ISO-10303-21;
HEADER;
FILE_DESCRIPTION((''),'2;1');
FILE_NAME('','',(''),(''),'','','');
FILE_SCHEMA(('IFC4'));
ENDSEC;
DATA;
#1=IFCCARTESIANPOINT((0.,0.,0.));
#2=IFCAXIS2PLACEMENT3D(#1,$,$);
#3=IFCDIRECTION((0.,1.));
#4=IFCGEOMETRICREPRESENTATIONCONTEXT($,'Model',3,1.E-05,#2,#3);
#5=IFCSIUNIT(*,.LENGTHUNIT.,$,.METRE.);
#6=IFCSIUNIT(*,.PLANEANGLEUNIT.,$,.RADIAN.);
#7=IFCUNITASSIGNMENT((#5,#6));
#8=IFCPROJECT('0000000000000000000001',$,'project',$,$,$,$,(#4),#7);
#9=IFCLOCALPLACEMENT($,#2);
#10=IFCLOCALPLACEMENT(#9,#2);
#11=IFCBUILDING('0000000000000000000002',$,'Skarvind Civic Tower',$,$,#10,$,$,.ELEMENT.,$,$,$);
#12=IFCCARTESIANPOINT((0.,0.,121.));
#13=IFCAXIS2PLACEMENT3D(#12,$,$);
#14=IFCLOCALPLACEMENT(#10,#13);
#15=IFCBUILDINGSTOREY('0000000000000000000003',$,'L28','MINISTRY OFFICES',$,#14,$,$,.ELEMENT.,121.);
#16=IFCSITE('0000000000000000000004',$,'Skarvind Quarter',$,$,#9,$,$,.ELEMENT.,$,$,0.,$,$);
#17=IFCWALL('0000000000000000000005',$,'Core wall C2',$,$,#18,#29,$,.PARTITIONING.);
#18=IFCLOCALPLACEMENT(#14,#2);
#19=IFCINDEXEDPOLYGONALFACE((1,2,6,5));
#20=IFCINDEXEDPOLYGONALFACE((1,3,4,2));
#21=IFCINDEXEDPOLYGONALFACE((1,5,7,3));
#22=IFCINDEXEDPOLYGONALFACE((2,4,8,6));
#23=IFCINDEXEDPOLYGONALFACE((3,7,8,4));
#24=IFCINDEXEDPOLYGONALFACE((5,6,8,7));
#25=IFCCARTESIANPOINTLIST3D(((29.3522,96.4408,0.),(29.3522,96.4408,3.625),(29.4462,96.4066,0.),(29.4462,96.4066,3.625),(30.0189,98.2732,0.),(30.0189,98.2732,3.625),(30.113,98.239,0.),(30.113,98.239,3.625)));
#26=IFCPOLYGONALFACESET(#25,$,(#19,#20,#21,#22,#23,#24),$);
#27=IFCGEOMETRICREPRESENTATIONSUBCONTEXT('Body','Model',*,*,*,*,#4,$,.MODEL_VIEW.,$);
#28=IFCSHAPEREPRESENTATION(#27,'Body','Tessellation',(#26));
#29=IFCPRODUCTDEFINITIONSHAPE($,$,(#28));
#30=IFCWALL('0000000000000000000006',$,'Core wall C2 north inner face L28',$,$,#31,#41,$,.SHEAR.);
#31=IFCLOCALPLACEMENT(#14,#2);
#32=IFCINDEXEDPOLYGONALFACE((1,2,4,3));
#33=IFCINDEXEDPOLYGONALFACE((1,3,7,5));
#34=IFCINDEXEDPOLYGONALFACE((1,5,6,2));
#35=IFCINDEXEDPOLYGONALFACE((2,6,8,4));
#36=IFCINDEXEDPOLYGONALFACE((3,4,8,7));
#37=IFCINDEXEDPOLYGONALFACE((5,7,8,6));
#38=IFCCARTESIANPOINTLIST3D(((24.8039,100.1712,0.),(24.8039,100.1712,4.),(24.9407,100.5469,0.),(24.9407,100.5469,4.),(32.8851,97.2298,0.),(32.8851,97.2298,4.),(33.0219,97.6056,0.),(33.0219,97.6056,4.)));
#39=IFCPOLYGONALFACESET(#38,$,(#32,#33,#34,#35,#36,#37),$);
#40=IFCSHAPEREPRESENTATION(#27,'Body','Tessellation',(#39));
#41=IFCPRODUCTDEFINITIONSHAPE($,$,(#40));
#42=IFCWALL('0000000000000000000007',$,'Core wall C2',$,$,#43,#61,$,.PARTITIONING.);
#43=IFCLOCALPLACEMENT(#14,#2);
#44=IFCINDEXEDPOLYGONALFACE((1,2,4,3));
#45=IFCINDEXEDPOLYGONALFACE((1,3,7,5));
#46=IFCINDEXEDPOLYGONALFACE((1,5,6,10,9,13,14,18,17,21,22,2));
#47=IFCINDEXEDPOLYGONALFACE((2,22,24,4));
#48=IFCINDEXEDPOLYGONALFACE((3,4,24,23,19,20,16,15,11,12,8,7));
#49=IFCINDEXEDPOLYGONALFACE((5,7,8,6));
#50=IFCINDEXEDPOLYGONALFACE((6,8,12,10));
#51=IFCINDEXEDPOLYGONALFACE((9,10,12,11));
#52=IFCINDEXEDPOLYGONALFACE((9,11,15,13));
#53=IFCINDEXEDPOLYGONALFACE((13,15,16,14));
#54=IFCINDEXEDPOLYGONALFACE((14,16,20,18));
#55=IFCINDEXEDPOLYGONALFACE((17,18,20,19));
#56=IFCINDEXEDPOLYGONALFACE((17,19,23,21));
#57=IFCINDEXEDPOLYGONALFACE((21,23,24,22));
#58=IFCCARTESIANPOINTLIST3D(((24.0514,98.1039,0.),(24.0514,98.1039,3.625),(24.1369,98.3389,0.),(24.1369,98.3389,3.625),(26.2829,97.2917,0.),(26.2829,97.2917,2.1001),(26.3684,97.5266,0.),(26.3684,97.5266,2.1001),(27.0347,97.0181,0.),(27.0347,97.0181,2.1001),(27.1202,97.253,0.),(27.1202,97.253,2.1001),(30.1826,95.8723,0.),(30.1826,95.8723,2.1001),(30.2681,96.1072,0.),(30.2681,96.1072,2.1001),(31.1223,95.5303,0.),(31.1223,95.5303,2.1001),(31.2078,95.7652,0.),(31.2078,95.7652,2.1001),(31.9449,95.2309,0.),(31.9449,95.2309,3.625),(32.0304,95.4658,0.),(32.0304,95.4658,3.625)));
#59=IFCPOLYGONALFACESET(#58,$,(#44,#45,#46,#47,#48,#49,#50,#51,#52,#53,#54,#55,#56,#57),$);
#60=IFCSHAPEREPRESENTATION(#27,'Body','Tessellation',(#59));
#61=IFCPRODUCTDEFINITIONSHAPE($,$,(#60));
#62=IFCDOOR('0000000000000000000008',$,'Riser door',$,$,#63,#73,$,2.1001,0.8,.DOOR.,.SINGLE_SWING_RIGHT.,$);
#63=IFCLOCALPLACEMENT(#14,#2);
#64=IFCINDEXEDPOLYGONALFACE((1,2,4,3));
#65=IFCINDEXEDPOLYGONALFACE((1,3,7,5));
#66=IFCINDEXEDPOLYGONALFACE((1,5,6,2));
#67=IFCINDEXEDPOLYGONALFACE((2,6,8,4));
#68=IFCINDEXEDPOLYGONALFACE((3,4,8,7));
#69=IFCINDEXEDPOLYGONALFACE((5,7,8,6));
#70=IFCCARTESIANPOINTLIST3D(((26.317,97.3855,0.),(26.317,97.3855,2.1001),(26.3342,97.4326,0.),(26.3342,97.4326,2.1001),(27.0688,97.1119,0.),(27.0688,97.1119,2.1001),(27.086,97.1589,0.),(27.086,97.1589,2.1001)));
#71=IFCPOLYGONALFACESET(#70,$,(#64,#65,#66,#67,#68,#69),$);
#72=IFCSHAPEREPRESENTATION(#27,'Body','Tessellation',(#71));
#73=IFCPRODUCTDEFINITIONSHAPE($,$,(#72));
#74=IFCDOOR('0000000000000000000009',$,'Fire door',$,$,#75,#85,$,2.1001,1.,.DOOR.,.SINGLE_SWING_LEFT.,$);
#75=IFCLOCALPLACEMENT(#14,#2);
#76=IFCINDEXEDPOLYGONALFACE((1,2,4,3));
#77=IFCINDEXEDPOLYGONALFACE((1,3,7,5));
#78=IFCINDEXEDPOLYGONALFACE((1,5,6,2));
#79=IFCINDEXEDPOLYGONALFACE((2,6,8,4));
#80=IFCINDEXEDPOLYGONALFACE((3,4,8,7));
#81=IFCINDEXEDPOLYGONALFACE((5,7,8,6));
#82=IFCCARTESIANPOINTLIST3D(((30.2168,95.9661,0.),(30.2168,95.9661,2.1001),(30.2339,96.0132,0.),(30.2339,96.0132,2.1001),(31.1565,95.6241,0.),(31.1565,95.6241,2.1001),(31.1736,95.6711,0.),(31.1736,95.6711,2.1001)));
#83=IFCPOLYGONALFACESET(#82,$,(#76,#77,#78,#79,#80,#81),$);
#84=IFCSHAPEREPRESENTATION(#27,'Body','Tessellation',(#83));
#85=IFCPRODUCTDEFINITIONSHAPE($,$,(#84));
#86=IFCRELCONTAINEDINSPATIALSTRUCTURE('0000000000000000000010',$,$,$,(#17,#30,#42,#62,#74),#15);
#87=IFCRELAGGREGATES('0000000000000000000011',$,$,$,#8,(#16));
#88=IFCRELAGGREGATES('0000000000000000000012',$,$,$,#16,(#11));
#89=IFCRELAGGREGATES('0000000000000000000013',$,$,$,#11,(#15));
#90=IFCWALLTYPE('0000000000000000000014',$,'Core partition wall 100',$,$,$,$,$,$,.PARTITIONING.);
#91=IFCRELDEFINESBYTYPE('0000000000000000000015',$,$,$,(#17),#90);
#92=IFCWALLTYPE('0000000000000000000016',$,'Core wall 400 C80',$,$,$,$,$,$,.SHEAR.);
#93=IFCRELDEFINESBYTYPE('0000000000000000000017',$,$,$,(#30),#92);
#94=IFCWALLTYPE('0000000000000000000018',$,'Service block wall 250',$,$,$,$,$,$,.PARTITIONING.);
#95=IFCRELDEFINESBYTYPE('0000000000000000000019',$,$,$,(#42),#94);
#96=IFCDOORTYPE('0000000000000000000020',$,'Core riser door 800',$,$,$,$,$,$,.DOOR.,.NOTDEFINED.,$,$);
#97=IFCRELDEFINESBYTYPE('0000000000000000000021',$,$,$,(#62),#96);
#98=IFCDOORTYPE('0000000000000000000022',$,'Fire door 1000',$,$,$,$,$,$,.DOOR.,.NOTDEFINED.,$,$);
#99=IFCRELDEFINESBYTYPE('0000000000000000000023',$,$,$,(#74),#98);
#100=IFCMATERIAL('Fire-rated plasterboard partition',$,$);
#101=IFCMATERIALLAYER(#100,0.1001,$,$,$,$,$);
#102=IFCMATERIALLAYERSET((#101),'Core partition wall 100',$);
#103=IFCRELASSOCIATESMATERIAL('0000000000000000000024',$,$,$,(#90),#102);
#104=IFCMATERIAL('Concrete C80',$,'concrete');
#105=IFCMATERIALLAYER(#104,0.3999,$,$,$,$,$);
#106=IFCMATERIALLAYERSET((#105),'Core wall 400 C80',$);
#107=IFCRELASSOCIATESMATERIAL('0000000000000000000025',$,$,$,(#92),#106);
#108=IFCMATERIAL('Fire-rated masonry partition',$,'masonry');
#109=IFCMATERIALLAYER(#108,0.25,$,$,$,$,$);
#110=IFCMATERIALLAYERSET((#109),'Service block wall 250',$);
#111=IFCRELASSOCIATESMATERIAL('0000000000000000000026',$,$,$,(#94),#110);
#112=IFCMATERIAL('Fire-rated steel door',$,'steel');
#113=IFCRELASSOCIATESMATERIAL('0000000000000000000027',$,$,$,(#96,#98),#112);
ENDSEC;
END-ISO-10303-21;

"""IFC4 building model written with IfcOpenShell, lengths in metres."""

from ifc_helpers import new_model, si_unit, direction, frame, frame_2d, origin, place, context, subcontext, project, spatial, rectangle, extrude, material, layer, layer_set, type_object, element, fill, save


model = new_model("IFC4")

# Units and contexts
model_context = context("Model", 3, precision=1e-05, world=origin(), true_north=direction((0.0, 1.0)))
body_context = subcontext(model_context, "Body", "Model", "MODEL_VIEW")
ifc_project = project(units=[si_unit("LENGTHUNIT", "METRE"), si_unit("PLANEANGLEUNIT", "RADIAN")], contexts=[model_context])

# Site, building, storey
site_placement = place(None, origin())
site = spatial("IfcSite", under=ifc_project, at=site_placement, Name="Skarvind Quarter", CompositionType="ELEMENT", RefElevation=0.0)
building_placement = place(site_placement, origin())
building = spatial("IfcBuilding", under=site, at=building_placement, Name="Skarvind Civic Tower", CompositionType="ELEMENT")
storey_placement = place(building_placement, frame((0.0, 0.0, 121.0)))
storey = spatial("IfcBuildingStorey", under=building, at=storey_placement, Name="L28", Description="MINISTRY OFFICES", CompositionType="ELEMENT", Elevation=121.0)

# Shared definitions
ifc_material_1 = material(Name="Concrete C80", Category="concrete")

# Shared definitions
ifc_material_2 = material(Name="Fire-rated masonry partition", Category="masonry")
ifc_material_3 = material(Name="Fire-rated steel door", Category="steel")

# Walls
ifc_material_4 = material(Name="Fire-rated plasterboard partition")
ifc_layer_1 = layer(ifc_material_4, 0.1001)
ifc_layer_set_1 = layer_set([ifc_layer_1], Name="Core partition wall 100")
wall_type_1 = type_object("IfcWallType", Name="Core partition wall 100", PredefinedType="PARTITIONING", material=ifc_layer_set_1)
wall_1_placement = place(storey_placement, frame((29.3992, 96.4236, 0.0), z_axis=(0.0, 0.0, 1.0), x_axis=(0.341914, 0.939731, 0.0)))
element("IfcWall", 1, at=wall_1_placement, inside=storey, type_object=wall_type_1, Name="Core wall C2", PredefinedType="PARTITIONING", context=body_context, shape_type="SweptSolid", body=[
    extrude(rectangle(XDim=1.95, YDim=0.1001, at=frame_2d((0.9751, 0.0))), origin(), (0.0, 0.0, 1.0), 3.625),
])
ifc_layer_2 = layer(ifc_material_1, 0.3999)
ifc_layer_set_2 = layer_set([ifc_layer_2], Name="Core wall 400 C80")
wall_type_2 = type_object("IfcWallType", Name="Core wall 400 C80", PredefinedType="SHEAR", material=ifc_layer_set_2)
wall_2_placement = place(storey_placement, frame((32.9534, 97.4177, 0.0), z_axis=(0.0, 0.0, 1.0), x_axis=(-0.939691, 0.342026, 0.0)))
element("IfcWall", 2, at=wall_2_placement, inside=storey, type_object=wall_type_2, Name="Core wall C2 north inner face L28", PredefinedType="SHEAR", context=body_context, shape_type="SweptSolid", body=[
    extrude(rectangle(XDim=8.5999, YDim=0.3999, at=frame_2d((4.2998, 0.0))), origin(), (0.0, 0.0, 1.0), 4.0),
])

# Wall, openings, doors
ifc_layer_3 = layer(ifc_material_2, 0.25)
ifc_layer_set_3 = layer_set([ifc_layer_3], Name="Service block wall 250")
wall_type_3 = type_object("IfcWallType", Name="Service block wall 250", PredefinedType="PARTITIONING", material=ifc_layer_set_3)
wall_3_placement = place(storey_placement, frame((24.094, 98.2214, 0.0), z_axis=(0.0, 0.0, 1.0), x_axis=(0.939692, -0.342023, 0.0)))
wall_3 = element("IfcWall", 3, at=wall_3_placement, inside=storey, type_object=wall_type_3, Name="Core wall C2", PredefinedType="PARTITIONING", context=body_context, shape_type="SweptSolid", body=[
    extrude(rectangle(XDim=8.4001, YDim=0.25, at=frame_2d((4.2002, 0.0))), origin(), (0.0, 0.0, 1.0), 3.625),
])
opening_1_placement = place(wall_3_placement, frame((6.5249, 0.0, 0.0)))
opening_1 = element("IfcOpeningElement", 4, at=opening_1_placement, cuts=wall_3, PredefinedType="OPENING", context=body_context, shape_type="SweptSolid", body=[
    extrude(rectangle(XDim=1.0, YDim=2.1001, at=frame_2d((0.5, 1.05))), frame((0.0, 0.135, 0.0), z_axis=(0.0, -1.0, 0.0), x_axis=(1.0, 0.0, 0.0)), (0.0, 0.0, 1.0), 0.27),
])
opening_2_placement = place(wall_3_placement, frame((2.375, 0.0, 0.0)))
opening_2 = element("IfcOpeningElement", 5, at=opening_2_placement, cuts=wall_3, PredefinedType="OPENING", context=body_context, shape_type="SweptSolid", body=[
    extrude(rectangle(XDim=0.8, YDim=2.1001, at=frame_2d((0.3999, 1.05))), frame((0.0, 0.135, 0.0), z_axis=(0.0, -1.0, 0.0), x_axis=(1.0, 0.0, 0.0)), (0.0, 0.0, 1.0), 0.27),
])
door_type_1 = type_object("IfcDoorType", Name="Core riser door 800", OperationType="NOTDEFINED", PredefinedType="DOOR", material=ifc_material_3)
door_1_placement = place(opening_2_placement, origin())
door_1 = element("IfcDoor", 6, at=door_1_placement, inside=storey, type_object=door_type_1, Name="Riser door", OperationType="SINGLE_SWING_RIGHT", OverallHeight=2.1001, OverallWidth=0.8, PredefinedType="DOOR", context=body_context, shape_type="SweptSolid", body=[
    extrude(rectangle(XDim=0.8, YDim=2.1001, at=frame_2d((0.3999, 1.05))), frame((0.0, 0.0249, 0.0), z_axis=(0.0, -1.0, 0.0), x_axis=(1.0, 0.0, 0.0)), (0.0, 0.0, 1.0), 0.05),
])
fill(opening_2, door_1)
door_type_2 = type_object("IfcDoorType", Name="Fire door 1000", OperationType="NOTDEFINED", PredefinedType="DOOR", material=ifc_material_3)
door_2_placement = place(opening_1_placement, origin())
door_2 = element("IfcDoor", 7, at=door_2_placement, inside=storey, type_object=door_type_2, Name="Fire door", OperationType="SINGLE_SWING_LEFT", OverallHeight=2.1001, OverallWidth=1.0, PredefinedType="DOOR", context=body_context, shape_type="SweptSolid", body=[
    extrude(rectangle(XDim=1.0, YDim=2.1001, at=frame_2d((0.5, 1.05))), frame((0.0, 0.0249, 0.0), z_axis=(0.0, -1.0, 0.0), x_axis=(1.0, 0.0, 0.0)), (0.0, 0.0, 1.0), 0.05),
])
fill(opening_1, door_2)

save(model, "model.ifc")
